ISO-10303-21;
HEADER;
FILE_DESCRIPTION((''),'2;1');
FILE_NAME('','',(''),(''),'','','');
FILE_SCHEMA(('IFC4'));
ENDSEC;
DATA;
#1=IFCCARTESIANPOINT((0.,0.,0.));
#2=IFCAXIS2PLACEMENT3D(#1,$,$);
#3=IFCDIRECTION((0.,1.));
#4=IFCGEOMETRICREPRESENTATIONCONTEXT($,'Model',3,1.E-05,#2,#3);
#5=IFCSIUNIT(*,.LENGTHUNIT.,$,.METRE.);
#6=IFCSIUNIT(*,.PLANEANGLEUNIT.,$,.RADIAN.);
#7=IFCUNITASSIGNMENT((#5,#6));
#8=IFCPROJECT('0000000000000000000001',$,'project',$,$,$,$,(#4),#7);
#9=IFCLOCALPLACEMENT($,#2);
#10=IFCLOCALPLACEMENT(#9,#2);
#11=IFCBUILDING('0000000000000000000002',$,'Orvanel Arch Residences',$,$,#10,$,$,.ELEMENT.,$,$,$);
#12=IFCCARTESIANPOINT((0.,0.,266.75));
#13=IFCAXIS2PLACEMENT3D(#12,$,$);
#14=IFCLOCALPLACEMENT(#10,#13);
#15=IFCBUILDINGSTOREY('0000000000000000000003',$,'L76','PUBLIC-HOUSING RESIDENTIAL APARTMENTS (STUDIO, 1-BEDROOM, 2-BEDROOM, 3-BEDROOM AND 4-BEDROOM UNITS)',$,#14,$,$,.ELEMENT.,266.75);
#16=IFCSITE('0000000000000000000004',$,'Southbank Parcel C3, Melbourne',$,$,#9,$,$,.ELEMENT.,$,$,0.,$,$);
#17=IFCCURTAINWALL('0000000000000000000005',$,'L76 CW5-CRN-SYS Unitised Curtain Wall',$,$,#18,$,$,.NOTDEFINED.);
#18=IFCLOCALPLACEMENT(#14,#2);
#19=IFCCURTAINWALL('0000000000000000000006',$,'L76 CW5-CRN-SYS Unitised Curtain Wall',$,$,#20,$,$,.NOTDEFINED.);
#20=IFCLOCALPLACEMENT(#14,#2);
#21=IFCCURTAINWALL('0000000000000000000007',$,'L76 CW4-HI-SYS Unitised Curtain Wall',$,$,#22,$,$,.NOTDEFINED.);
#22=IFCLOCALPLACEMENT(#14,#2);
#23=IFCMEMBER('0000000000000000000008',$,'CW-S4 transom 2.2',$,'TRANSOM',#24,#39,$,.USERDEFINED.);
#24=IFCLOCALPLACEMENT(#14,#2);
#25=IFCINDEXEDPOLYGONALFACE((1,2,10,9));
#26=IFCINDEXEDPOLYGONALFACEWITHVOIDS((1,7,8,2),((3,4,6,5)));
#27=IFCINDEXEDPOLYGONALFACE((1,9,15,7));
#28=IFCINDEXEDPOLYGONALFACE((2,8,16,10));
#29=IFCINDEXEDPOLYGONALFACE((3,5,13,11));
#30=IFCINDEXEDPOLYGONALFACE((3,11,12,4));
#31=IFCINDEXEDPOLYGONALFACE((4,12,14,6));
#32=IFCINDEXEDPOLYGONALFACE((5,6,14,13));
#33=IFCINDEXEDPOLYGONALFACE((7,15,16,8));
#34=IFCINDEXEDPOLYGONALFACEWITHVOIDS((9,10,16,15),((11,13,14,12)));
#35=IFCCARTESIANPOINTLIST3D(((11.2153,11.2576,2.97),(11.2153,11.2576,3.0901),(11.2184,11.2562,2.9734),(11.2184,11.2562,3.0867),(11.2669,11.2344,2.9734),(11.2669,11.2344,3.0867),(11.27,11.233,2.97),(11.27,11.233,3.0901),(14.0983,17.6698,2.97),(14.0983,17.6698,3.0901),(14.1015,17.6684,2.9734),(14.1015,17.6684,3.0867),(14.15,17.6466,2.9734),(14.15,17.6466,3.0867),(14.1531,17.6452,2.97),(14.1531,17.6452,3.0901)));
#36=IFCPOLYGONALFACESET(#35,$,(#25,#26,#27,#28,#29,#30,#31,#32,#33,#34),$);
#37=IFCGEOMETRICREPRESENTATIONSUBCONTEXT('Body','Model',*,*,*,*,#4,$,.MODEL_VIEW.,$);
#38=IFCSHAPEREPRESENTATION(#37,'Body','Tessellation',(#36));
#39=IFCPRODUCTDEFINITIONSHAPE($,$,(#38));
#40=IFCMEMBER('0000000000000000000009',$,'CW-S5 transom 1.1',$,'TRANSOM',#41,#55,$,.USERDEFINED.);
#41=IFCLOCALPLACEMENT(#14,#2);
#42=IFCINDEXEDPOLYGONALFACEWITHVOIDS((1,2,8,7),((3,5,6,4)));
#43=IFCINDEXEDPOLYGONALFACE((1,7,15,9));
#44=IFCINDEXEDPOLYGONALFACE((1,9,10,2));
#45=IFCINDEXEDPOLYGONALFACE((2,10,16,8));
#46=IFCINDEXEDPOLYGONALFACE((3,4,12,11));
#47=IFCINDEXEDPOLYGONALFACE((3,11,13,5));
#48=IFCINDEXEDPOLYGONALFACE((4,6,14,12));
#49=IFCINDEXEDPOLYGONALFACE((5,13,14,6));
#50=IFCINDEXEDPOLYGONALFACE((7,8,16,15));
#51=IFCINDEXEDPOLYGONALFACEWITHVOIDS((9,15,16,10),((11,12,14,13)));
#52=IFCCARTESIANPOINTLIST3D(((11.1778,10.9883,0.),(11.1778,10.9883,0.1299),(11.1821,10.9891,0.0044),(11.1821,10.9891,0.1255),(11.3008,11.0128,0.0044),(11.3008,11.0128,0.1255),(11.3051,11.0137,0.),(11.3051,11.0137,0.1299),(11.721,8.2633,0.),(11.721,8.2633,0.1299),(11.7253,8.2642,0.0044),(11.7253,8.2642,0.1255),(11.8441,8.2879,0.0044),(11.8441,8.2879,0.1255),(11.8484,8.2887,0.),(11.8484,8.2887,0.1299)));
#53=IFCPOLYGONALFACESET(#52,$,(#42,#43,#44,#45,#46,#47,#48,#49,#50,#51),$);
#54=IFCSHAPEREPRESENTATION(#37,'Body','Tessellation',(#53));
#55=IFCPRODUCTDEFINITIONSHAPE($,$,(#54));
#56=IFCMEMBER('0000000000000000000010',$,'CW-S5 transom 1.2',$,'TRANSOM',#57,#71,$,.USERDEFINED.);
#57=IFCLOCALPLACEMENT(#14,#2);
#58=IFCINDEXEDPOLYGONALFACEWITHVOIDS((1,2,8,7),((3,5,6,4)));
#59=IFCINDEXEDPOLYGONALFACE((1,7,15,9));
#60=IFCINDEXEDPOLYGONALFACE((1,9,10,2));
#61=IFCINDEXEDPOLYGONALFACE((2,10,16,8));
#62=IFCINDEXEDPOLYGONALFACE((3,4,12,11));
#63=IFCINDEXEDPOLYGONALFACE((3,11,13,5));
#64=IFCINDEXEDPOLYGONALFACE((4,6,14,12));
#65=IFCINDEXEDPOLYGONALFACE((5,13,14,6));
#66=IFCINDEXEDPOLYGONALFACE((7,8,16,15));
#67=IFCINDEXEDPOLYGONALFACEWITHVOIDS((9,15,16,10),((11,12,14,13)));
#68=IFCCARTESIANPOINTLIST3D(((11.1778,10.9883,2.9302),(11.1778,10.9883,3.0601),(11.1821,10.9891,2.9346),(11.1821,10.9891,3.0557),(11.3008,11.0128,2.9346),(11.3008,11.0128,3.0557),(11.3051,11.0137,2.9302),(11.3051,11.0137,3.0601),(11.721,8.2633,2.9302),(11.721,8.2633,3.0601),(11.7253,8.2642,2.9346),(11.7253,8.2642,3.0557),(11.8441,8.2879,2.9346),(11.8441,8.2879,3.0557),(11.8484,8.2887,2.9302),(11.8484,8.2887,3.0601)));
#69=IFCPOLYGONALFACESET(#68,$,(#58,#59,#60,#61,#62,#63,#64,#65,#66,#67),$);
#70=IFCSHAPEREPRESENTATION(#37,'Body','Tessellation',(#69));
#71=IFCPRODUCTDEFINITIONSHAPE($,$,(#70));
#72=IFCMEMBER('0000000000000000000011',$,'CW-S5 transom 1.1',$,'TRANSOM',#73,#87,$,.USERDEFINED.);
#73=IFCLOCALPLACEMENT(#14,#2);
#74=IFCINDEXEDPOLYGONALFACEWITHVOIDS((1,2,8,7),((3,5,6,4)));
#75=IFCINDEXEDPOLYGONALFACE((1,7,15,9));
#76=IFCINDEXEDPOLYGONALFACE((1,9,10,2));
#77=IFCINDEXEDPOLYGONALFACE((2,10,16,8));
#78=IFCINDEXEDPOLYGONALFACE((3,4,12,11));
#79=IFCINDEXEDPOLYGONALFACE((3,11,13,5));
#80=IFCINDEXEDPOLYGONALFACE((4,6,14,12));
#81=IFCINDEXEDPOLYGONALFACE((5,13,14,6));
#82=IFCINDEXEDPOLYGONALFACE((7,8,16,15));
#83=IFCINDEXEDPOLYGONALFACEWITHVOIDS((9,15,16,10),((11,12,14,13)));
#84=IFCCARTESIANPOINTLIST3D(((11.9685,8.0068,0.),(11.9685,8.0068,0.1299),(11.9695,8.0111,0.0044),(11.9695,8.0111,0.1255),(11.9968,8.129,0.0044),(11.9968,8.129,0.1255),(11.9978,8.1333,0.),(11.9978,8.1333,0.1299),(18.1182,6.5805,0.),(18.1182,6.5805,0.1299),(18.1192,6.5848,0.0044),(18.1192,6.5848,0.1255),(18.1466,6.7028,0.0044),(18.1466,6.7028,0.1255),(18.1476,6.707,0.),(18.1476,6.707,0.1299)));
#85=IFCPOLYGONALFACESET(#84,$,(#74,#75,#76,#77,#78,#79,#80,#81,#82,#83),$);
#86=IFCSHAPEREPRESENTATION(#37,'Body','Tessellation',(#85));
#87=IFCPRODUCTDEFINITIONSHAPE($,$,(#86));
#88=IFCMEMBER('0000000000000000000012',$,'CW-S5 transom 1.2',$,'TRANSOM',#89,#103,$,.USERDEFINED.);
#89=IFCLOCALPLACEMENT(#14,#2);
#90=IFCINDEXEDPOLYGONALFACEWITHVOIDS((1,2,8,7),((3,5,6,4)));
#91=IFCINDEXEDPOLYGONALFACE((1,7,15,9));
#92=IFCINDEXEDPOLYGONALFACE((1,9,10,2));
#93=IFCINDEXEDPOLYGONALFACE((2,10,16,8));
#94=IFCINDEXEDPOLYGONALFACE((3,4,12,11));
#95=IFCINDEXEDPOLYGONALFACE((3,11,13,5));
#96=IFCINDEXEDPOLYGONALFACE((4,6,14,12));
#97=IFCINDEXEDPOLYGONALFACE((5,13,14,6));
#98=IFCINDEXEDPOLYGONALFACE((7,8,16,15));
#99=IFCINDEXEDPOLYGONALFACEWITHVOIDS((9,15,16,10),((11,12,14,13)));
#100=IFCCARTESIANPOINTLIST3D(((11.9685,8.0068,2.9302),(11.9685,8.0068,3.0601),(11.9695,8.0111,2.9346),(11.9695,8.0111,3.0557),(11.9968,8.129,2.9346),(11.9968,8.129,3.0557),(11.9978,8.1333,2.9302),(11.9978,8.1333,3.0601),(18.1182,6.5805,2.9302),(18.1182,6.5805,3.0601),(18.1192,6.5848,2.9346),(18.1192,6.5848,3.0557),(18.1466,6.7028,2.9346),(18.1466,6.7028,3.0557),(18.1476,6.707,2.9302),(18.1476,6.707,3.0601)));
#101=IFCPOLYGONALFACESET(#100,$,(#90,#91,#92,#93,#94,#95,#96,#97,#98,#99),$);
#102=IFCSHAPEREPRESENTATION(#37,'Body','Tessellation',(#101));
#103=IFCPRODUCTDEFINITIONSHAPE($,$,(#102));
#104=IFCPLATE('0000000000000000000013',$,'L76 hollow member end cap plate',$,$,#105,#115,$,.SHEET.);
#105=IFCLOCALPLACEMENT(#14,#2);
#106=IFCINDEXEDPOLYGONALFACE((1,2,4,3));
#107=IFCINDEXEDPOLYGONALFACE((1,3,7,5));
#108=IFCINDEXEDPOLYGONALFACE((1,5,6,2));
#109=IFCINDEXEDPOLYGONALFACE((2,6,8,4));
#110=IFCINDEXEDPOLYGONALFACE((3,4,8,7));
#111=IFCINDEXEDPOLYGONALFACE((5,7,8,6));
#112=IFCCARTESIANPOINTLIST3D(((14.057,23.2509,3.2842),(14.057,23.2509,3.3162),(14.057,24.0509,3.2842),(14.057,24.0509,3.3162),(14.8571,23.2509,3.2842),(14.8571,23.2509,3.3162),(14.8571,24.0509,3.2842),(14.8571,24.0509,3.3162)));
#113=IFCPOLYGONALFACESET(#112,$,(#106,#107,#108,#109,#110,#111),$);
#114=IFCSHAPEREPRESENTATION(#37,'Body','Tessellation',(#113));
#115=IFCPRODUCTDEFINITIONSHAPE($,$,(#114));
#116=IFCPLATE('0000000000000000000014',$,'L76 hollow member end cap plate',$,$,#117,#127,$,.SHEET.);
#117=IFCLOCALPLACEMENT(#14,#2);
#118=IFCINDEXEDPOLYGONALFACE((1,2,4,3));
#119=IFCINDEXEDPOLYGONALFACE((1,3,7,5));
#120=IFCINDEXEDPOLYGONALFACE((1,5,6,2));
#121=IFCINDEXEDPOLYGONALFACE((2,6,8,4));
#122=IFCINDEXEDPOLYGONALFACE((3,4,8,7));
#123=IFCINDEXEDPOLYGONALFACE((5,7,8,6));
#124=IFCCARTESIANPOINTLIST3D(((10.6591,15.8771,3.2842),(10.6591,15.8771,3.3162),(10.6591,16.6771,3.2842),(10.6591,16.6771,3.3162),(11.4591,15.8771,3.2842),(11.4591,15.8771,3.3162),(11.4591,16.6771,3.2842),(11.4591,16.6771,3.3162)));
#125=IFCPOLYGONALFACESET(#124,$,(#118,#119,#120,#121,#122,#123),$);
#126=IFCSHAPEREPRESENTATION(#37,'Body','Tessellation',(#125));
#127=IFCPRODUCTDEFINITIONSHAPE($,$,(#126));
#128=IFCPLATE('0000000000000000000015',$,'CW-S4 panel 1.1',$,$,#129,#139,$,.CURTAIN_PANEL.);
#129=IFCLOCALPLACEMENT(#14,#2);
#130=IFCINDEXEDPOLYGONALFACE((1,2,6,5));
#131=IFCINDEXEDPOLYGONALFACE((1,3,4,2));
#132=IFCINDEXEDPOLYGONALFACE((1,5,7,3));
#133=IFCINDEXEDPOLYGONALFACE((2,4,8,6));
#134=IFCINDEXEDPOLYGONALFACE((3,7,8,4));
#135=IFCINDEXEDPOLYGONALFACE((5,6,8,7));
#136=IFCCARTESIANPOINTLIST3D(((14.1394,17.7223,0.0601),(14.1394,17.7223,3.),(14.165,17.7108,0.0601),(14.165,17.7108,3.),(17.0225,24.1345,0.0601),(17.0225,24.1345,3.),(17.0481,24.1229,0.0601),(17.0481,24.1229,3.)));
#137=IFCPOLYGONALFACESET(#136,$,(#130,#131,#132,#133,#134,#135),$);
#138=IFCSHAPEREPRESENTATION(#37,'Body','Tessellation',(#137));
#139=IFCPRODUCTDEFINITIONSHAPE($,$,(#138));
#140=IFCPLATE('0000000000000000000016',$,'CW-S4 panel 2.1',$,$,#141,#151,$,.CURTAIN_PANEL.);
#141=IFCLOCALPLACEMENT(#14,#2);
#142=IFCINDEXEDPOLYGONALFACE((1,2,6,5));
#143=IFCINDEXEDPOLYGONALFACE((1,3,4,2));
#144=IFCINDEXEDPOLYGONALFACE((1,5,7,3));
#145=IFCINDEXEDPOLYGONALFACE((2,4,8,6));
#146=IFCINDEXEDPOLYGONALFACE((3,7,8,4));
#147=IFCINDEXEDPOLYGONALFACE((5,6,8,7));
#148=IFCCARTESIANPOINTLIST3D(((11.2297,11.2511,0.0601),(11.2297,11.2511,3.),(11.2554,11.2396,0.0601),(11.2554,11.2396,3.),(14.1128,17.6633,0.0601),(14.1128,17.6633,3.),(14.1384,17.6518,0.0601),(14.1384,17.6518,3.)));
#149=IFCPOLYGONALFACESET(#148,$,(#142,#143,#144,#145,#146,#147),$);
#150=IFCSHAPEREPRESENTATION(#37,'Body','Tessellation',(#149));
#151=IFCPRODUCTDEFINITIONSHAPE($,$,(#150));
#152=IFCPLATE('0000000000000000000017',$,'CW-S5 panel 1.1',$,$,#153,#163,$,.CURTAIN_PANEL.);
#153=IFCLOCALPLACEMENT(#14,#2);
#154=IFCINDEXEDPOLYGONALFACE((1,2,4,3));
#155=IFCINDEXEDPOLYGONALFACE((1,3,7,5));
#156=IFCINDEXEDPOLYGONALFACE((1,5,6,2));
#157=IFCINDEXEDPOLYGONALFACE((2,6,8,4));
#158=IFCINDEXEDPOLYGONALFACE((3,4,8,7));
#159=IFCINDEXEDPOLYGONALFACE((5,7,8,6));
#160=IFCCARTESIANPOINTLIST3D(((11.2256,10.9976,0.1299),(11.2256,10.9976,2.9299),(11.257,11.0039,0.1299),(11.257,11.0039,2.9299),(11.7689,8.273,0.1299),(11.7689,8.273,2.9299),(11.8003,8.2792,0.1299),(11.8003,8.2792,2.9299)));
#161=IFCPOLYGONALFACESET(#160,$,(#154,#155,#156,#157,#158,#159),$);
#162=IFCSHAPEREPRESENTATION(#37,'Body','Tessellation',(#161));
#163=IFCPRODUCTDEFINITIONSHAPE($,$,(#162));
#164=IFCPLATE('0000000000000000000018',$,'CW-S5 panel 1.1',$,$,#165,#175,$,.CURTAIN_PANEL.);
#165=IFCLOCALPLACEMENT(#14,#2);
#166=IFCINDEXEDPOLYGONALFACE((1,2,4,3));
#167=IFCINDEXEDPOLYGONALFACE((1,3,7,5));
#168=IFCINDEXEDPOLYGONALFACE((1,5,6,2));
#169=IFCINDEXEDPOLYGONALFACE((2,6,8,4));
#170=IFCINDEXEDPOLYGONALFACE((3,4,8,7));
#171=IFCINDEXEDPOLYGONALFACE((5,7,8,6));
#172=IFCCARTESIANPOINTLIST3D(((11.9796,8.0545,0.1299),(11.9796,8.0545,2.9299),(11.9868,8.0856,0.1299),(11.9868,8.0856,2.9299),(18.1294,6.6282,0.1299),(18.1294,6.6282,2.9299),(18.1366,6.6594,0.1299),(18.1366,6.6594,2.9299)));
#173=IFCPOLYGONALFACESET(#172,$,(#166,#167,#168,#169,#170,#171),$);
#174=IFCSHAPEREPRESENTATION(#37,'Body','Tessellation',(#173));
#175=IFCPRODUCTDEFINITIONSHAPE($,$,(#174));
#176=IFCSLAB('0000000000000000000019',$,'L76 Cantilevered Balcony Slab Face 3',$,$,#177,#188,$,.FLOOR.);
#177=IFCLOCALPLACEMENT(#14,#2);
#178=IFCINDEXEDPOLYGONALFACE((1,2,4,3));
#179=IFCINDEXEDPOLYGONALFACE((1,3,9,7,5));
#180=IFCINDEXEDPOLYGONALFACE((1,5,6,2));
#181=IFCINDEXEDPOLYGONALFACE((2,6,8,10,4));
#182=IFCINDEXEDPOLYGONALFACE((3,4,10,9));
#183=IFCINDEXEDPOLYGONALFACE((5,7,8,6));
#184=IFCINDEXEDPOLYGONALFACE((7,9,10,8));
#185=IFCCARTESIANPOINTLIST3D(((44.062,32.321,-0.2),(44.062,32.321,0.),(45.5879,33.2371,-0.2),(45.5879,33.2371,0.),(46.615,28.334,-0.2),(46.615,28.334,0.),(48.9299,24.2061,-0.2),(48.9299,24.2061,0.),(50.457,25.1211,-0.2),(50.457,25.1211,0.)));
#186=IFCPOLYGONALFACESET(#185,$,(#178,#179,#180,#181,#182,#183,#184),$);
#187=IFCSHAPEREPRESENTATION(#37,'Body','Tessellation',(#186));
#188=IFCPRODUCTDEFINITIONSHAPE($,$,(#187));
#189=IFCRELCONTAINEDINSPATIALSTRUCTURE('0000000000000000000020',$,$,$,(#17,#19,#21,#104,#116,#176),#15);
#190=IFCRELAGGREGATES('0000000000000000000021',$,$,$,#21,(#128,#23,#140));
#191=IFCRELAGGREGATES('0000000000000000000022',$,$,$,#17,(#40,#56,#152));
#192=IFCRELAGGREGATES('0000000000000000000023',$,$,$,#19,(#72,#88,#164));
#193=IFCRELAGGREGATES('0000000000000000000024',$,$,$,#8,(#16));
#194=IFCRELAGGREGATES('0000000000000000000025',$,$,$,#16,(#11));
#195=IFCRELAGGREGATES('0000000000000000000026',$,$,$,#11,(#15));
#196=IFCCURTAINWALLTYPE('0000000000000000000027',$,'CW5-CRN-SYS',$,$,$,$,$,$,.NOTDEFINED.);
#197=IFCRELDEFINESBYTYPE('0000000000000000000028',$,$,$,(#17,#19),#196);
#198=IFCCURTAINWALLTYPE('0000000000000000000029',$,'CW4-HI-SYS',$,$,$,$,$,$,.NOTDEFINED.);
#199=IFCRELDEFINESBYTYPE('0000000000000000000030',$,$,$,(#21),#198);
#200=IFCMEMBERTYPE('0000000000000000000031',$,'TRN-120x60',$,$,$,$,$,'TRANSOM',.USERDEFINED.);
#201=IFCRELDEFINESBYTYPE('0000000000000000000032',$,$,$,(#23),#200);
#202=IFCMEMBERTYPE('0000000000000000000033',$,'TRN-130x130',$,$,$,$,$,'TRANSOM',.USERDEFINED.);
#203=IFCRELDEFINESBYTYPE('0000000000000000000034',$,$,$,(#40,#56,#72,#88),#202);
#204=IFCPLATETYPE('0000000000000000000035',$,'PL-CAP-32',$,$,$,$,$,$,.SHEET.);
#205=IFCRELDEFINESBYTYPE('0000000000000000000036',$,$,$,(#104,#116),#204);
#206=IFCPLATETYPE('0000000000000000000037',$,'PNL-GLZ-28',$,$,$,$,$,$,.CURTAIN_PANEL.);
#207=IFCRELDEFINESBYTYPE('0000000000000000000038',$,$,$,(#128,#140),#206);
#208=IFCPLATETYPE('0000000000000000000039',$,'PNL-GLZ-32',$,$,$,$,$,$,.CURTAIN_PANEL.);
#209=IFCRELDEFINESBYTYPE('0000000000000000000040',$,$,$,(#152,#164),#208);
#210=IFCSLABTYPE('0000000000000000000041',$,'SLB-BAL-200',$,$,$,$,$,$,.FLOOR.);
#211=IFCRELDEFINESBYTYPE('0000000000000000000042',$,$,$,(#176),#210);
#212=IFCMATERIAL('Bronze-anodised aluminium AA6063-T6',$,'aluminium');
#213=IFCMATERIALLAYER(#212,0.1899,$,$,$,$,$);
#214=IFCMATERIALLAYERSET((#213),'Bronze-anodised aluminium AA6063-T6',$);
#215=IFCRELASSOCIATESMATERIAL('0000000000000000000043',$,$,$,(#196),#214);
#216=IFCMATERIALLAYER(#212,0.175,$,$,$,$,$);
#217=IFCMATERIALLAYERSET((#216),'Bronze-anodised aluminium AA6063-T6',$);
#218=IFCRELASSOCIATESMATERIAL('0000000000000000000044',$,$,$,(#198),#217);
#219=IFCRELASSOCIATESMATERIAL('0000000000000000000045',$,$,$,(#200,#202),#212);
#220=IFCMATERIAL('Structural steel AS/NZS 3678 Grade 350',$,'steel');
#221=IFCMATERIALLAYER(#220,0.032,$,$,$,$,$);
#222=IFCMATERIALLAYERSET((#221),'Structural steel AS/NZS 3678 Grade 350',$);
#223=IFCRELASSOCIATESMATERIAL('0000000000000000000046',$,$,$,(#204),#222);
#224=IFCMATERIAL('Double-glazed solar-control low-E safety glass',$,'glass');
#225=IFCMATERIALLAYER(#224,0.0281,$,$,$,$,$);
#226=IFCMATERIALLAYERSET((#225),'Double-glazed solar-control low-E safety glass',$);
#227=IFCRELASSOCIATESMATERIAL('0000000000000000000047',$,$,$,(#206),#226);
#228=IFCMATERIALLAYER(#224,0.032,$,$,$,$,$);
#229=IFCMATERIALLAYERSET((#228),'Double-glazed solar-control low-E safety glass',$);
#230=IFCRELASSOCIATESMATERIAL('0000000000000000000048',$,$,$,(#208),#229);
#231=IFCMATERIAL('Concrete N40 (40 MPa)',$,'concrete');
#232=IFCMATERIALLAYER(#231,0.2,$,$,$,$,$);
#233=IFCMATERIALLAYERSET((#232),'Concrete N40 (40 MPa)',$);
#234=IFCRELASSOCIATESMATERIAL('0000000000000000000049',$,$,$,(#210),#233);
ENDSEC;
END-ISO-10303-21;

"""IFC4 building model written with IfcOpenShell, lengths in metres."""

from ifc_helpers import new_model, si_unit, direction, frame, origin, origin_2d, place, context, subcontext, project, spatial, polyline, rectangle, hollow_rectangle, outline, extrude, material, layer, layer_set, material_profile, profile_set, type_object, element, aggregate, save


model = new_model("IFC4")

# Units and contexts
model_context = context("Model", 3, precision=1e-05, world=origin(), true_north=direction((0.0, 1.0)))
body_context = subcontext(model_context, "Body", "Model", "MODEL_VIEW")
ifc_project = project(units=[si_unit("LENGTHUNIT", "METRE"), si_unit("PLANEANGLEUNIT", "RADIAN")], contexts=[model_context])

# Site, building, storey
site_placement = place(None, origin())
site = spatial("IfcSite", under=ifc_project, at=site_placement, Name="Southbank Parcel C3, Melbourne", CompositionType="ELEMENT", RefElevation=0.0)
building_placement = place(site_placement, origin())
building = spatial("IfcBuilding", under=site, at=building_placement, Name="Orvanel Arch Residences", CompositionType="ELEMENT")
storey_placement = place(building_placement, frame((0.0, 0.0, 266.75)))
storey = spatial("IfcBuildingStorey", under=building, at=storey_placement, Name="L76", Description="PUBLIC-HOUSING RESIDENTIAL APARTMENTS (STUDIO, 1-BEDROOM, 2-BEDROOM, 3-BEDROOM AND 4-BEDROOM UNITS)", CompositionType="ELEMENT", Elevation=266.75)

# Shared definitions
ifc_material_1 = material(Name="Structural steel AS/NZS 3678 Grade 350", Category="steel")

# Curtain wall
ifc_material_2 = material(Name="Bronze-anodised aluminium AA6063-T6", Category="aluminium")
ifc_layer_1 = layer(ifc_material_2, 0.1899)
ifc_layer_set_1 = layer_set([ifc_layer_1], Name="Bronze-anodised aluminium AA6063-T6")
curtain_wall_type_1 = type_object("IfcCurtainWallType", Name="CW5-CRN-SYS", PredefinedType="NOTDEFINED", material=ifc_layer_set_1)
curtain_wall_1_placement = place(storey_placement, origin())
curtain_wall_1 = element("IfcCurtainWall", 1, at=curtain_wall_1_placement, inside=storey, type_object=curtain_wall_type_1, Name="L76 CW5-CRN-SYS Unitised Curtain Wall", PredefinedType="NOTDEFINED")

# Curtain wall
curtain_wall_2_placement = place(storey_placement, origin())
curtain_wall_2 = element("IfcCurtainWall", 2, at=curtain_wall_2_placement, inside=storey, type_object=curtain_wall_type_1, Name="L76 CW5-CRN-SYS Unitised Curtain Wall", PredefinedType="NOTDEFINED")

# Curtain wall
ifc_layer_2 = layer(ifc_material_2, 0.175)
ifc_layer_set_2 = layer_set([ifc_layer_2], Name="Bronze-anodised aluminium AA6063-T6")
curtain_wall_type_2 = type_object("IfcCurtainWallType", Name="CW4-HI-SYS", PredefinedType="NOTDEFINED", material=ifc_layer_set_2)
curtain_wall_3_placement = place(storey_placement, origin())
curtain_wall_3 = element("IfcCurtainWall", 3, at=curtain_wall_3_placement, inside=storey, type_object=curtain_wall_type_2, Name="L76 CW4-HI-SYS Unitised Curtain Wall", PredefinedType="NOTDEFINED")

# Members
ifc_material_profile_1 = material_profile(ifc_material_2, hollow_rectangle(XDim=0.0601, YDim=0.1201, WallThickness=0.0034, at=origin_2d()), Name="ALU120x60x3.5")
ifc_profile_set_1 = profile_set([ifc_material_profile_1], Name="Bronze-anodised aluminium AA6063-T6")
member_type_1 = type_object("IfcMemberType", Name="TRN-120x60", ElementType="TRANSOM", PredefinedType="USERDEFINED", material=ifc_profile_set_1)
member_1_placement = place(storey_placement, frame((14.1257, 17.6575, 3.03), z_axis=(-0.410082, -0.912049, 0.0), x_axis=(0.912049, -0.410082, 0.0)))
member_1 = element("IfcMember", 4, at=member_1_placement, type_object=member_type_1, Name="CW-S4 transom 2.2", ObjectType="TRANSOM", PredefinedType="USERDEFINED", context=body_context, shape_type="SweptSolid", body=[
    extrude(hollow_rectangle(XDim=0.0601, YDim=0.1201, WallThickness=0.0034, at=origin_2d()), origin(), (0.0, 0.0, 1.0), 7.0305),
])
ifc_material_profile_2 = material_profile(ifc_material_2, hollow_rectangle(XDim=0.1299, YDim=0.1299, WallThickness=0.0044, at=origin_2d()), Name="ALU130x130x4.5")
ifc_profile_set_2 = profile_set([ifc_material_profile_2], Name="Bronze-anodised aluminium AA6063-T6")
member_type_2 = type_object("IfcMemberType", Name="TRN-130x130", ElementType="TRANSOM", PredefinedType="USERDEFINED", material=ifc_profile_set_2)
member_2_placement = place(storey_placement, frame((11.2415, 11.001, 0.0649), z_axis=(0.195508, -0.980702, 0.0), x_axis=(0.980702, 0.195508, 0.0)))
member_2 = element("IfcMember", 5, at=member_2_placement, type_object=member_type_2, Name="CW-S5 transom 1.1", ObjectType="TRANSOM", PredefinedType="USERDEFINED", context=body_context, shape_type="SweptSolid", body=[
    extrude(hollow_rectangle(XDim=0.1299, YDim=0.1299, WallThickness=0.0044, at=origin_2d()), origin(), (0.0, 0.0, 1.0), 2.7786),
])
member_3_placement = place(storey_placement, frame((11.2415, 11.001, 2.9951), z_axis=(0.195508, -0.980702, 0.0), x_axis=(0.980702, 0.195508, 0.0)))
member_3 = element("IfcMember", 6, at=member_3_placement, type_object=member_type_2, Name="CW-S5 transom 1.2", ObjectType="TRANSOM", PredefinedType="USERDEFINED", context=body_context, shape_type="SweptSolid", body=[
    extrude(hollow_rectangle(XDim=0.1299, YDim=0.1299, WallThickness=0.0044, at=origin_2d()), origin(), (0.0, 0.0, 1.0), 2.7786),
])
member_4_placement = place(storey_placement, frame((11.9832, 8.0701, 0.0649), z_axis=(0.974144, -0.22593, 0.0), x_axis=(0.22593, 0.974144, 0.0)))
member_4 = element("IfcMember", 7, at=member_4_placement, type_object=member_type_2, Name="CW-S5 transom 1.1", ObjectType="TRANSOM", PredefinedType="USERDEFINED", context=body_context, shape_type="SweptSolid", body=[
    extrude(hollow_rectangle(XDim=0.1299, YDim=0.1299, WallThickness=0.0044, at=origin_2d()), origin(), (0.0, 0.0, 1.0), 6.313),
])
member_5_placement = place(storey_placement, frame((11.9832, 8.0701, 2.9951), z_axis=(0.974144, -0.22593, 0.0), x_axis=(0.22593, 0.974144, 0.0)))
member_5 = element("IfcMember", 8, at=member_5_placement, type_object=member_type_2, Name="CW-S5 transom 1.2", ObjectType="TRANSOM", PredefinedType="USERDEFINED", context=body_context, shape_type="SweptSolid", body=[
    extrude(hollow_rectangle(XDim=0.1299, YDim=0.1299, WallThickness=0.0044, at=origin_2d()), origin(), (0.0, 0.0, 1.0), 6.313),
])

# Plates
ifc_layer_3 = layer(ifc_material_1, 0.032)
ifc_layer_set_3 = layer_set([ifc_layer_3], Name="Structural steel AS/NZS 3678 Grade 350")
plate_type_1 = type_object("IfcPlateType", Name="PL-CAP-32", PredefinedType="SHEET", material=ifc_layer_set_3)
for number, where, z_axis, x_axis, name in (
    (9, (14.457, 23.6509, 3.2842), (0.0, 0.0, 1.0), (1.0, 0.0, 0.0), "L76 hollow member end cap plate"),
    (10, (11.0591, 16.2771, 3.2842), (0.0, 0.0, 1.0), (1.0, 0.0, 0.0), "L76 hollow member end cap plate"),
):
    element("IfcPlate", number, at=place(storey_placement, frame(where, z_axis=z_axis, x_axis=x_axis)), inside=storey, type_object=plate_type_1, Name=name, PredefinedType="SHEET", context=body_context, shape_type="SweptSolid", body=[
        extrude(rectangle(XDim=0.8, YDim=0.8, at=origin_2d()), origin(), (0.0, 0.0, 1.0), 0.032),
    ])

# Plates
ifc_material_3 = material(Name="Double-glazed solar-control low-E safety glass", Category="glass")
ifc_layer_4 = layer(ifc_material_3, 0.0281)
ifc_layer_set_4 = layer_set([ifc_layer_4], Name="Double-glazed solar-control low-E safety glass")
plate_type_2 = type_object("IfcPlateType", Name="PNL-GLZ-28", PredefinedType="CURTAIN_PANEL", material=ifc_layer_set_4)
plate_1_placement = place(storey_placement, frame((15.5938, 20.9226, 0.0601), z_axis=(0.0, 0.0, 1.0), x_axis=(-0.410079, -0.91205, 0.0)))
plate_1 = element("IfcPlate", 11, at=plate_1_placement, type_object=plate_type_2, Name="CW-S4 panel 1.1", PredefinedType="CURTAIN_PANEL", context=body_context, shape_type="SweptSolid", body=[
    extrude(rectangle(XDim=7.0305, YDim=0.0281, at=origin_2d()), origin(), (0.0, 0.0, 1.0), 2.9399),
])
plate_2_placement = place(storey_placement, frame((12.6841, 14.4514, 0.0601), z_axis=(0.0, 0.0, 1.0), x_axis=(-0.410079, -0.91205, 0.0)))
plate_2 = element("IfcPlate", 12, at=plate_2_placement, type_object=plate_type_2, Name="CW-S4 panel 2.1", PredefinedType="CURTAIN_PANEL", context=body_context, shape_type="SweptSolid", body=[
    extrude(rectangle(XDim=7.0305, YDim=0.0281, at=origin_2d()), origin(), (0.0, 0.0, 1.0), 2.9399),
])
aggregate(curtain_wall_3, [plate_1, member_1, plate_2])
ifc_layer_5 = layer(ifc_material_3, 0.032)
ifc_layer_set_5 = layer_set([ifc_layer_5], Name="Double-glazed solar-control low-E safety glass")
plate_type_3 = type_object("IfcPlateType", Name="PNL-GLZ-32", PredefinedType="CURTAIN_PANEL", material=ifc_layer_set_5)
plate_3_placement = place(storey_placement, frame((11.5129, 9.6384, 0.1299), z_axis=(0.0, 0.0, 1.0), x_axis=(0.195554, -0.980693, 0.0)))
plate_3 = element("IfcPlate", 13, at=plate_3_placement, type_object=plate_type_3, Name="CW-S5 panel 1.1", PredefinedType="CURTAIN_PANEL", context=body_context, shape_type="SweptSolid", body=[
    extrude(rectangle(XDim=2.7783, YDim=0.032, at=origin_2d()), origin(), (0.0, 0.0, 1.0), 2.8),
])
aggregate(curtain_wall_1, [member_2, member_3, plate_3])
plate_4_placement = place(storey_placement, frame((15.0581, 7.3569, 0.1299), z_axis=(0.0, 0.0, 1.0), x_axis=(0.974146, -0.22592, 0.0)))
plate_4 = element("IfcPlate", 14, at=plate_4_placement, type_object=plate_type_3, Name="CW-S5 panel 1.1", PredefinedType="CURTAIN_PANEL", context=body_context, shape_type="SweptSolid", body=[
    extrude(rectangle(XDim=6.313, YDim=0.032, at=origin_2d()), origin(), (0.0, 0.0, 1.0), 2.8),
])
aggregate(curtain_wall_2, [member_4, member_5, plate_4])

# Slab
ifc_material_4 = material(Name="Concrete N40 (40 MPa)", Category="concrete")
ifc_layer_6 = layer(ifc_material_4, 0.2)
ifc_layer_set_6 = layer_set([ifc_layer_6], Name="Concrete N40 (40 MPa)")
slab_type_1 = type_object("IfcSlabType", Name="SLB-BAL-200", PredefinedType="FLOOR", material=ifc_layer_set_6)
slab_1_placement = place(storey_placement, frame((0.0, 0.0, -0.2)))
element("IfcSlab", 15, at=slab_1_placement, inside=storey, type_object=slab_type_1, Name="L76 Cantilevered Balcony Slab Face 3", PredefinedType="FLOOR", context=body_context, shape_type="SweptSolid", body=[
    extrude(outline(polyline([(50.457, 25.1211), (45.5879, 33.2371), (44.062, 32.321), (46.615, 28.334), (48.9299, 24.2061), (50.457, 25.1211)])), origin(), (0.0, 0.0, 1.0), 0.2),
])

save(model, "model.ifc")
